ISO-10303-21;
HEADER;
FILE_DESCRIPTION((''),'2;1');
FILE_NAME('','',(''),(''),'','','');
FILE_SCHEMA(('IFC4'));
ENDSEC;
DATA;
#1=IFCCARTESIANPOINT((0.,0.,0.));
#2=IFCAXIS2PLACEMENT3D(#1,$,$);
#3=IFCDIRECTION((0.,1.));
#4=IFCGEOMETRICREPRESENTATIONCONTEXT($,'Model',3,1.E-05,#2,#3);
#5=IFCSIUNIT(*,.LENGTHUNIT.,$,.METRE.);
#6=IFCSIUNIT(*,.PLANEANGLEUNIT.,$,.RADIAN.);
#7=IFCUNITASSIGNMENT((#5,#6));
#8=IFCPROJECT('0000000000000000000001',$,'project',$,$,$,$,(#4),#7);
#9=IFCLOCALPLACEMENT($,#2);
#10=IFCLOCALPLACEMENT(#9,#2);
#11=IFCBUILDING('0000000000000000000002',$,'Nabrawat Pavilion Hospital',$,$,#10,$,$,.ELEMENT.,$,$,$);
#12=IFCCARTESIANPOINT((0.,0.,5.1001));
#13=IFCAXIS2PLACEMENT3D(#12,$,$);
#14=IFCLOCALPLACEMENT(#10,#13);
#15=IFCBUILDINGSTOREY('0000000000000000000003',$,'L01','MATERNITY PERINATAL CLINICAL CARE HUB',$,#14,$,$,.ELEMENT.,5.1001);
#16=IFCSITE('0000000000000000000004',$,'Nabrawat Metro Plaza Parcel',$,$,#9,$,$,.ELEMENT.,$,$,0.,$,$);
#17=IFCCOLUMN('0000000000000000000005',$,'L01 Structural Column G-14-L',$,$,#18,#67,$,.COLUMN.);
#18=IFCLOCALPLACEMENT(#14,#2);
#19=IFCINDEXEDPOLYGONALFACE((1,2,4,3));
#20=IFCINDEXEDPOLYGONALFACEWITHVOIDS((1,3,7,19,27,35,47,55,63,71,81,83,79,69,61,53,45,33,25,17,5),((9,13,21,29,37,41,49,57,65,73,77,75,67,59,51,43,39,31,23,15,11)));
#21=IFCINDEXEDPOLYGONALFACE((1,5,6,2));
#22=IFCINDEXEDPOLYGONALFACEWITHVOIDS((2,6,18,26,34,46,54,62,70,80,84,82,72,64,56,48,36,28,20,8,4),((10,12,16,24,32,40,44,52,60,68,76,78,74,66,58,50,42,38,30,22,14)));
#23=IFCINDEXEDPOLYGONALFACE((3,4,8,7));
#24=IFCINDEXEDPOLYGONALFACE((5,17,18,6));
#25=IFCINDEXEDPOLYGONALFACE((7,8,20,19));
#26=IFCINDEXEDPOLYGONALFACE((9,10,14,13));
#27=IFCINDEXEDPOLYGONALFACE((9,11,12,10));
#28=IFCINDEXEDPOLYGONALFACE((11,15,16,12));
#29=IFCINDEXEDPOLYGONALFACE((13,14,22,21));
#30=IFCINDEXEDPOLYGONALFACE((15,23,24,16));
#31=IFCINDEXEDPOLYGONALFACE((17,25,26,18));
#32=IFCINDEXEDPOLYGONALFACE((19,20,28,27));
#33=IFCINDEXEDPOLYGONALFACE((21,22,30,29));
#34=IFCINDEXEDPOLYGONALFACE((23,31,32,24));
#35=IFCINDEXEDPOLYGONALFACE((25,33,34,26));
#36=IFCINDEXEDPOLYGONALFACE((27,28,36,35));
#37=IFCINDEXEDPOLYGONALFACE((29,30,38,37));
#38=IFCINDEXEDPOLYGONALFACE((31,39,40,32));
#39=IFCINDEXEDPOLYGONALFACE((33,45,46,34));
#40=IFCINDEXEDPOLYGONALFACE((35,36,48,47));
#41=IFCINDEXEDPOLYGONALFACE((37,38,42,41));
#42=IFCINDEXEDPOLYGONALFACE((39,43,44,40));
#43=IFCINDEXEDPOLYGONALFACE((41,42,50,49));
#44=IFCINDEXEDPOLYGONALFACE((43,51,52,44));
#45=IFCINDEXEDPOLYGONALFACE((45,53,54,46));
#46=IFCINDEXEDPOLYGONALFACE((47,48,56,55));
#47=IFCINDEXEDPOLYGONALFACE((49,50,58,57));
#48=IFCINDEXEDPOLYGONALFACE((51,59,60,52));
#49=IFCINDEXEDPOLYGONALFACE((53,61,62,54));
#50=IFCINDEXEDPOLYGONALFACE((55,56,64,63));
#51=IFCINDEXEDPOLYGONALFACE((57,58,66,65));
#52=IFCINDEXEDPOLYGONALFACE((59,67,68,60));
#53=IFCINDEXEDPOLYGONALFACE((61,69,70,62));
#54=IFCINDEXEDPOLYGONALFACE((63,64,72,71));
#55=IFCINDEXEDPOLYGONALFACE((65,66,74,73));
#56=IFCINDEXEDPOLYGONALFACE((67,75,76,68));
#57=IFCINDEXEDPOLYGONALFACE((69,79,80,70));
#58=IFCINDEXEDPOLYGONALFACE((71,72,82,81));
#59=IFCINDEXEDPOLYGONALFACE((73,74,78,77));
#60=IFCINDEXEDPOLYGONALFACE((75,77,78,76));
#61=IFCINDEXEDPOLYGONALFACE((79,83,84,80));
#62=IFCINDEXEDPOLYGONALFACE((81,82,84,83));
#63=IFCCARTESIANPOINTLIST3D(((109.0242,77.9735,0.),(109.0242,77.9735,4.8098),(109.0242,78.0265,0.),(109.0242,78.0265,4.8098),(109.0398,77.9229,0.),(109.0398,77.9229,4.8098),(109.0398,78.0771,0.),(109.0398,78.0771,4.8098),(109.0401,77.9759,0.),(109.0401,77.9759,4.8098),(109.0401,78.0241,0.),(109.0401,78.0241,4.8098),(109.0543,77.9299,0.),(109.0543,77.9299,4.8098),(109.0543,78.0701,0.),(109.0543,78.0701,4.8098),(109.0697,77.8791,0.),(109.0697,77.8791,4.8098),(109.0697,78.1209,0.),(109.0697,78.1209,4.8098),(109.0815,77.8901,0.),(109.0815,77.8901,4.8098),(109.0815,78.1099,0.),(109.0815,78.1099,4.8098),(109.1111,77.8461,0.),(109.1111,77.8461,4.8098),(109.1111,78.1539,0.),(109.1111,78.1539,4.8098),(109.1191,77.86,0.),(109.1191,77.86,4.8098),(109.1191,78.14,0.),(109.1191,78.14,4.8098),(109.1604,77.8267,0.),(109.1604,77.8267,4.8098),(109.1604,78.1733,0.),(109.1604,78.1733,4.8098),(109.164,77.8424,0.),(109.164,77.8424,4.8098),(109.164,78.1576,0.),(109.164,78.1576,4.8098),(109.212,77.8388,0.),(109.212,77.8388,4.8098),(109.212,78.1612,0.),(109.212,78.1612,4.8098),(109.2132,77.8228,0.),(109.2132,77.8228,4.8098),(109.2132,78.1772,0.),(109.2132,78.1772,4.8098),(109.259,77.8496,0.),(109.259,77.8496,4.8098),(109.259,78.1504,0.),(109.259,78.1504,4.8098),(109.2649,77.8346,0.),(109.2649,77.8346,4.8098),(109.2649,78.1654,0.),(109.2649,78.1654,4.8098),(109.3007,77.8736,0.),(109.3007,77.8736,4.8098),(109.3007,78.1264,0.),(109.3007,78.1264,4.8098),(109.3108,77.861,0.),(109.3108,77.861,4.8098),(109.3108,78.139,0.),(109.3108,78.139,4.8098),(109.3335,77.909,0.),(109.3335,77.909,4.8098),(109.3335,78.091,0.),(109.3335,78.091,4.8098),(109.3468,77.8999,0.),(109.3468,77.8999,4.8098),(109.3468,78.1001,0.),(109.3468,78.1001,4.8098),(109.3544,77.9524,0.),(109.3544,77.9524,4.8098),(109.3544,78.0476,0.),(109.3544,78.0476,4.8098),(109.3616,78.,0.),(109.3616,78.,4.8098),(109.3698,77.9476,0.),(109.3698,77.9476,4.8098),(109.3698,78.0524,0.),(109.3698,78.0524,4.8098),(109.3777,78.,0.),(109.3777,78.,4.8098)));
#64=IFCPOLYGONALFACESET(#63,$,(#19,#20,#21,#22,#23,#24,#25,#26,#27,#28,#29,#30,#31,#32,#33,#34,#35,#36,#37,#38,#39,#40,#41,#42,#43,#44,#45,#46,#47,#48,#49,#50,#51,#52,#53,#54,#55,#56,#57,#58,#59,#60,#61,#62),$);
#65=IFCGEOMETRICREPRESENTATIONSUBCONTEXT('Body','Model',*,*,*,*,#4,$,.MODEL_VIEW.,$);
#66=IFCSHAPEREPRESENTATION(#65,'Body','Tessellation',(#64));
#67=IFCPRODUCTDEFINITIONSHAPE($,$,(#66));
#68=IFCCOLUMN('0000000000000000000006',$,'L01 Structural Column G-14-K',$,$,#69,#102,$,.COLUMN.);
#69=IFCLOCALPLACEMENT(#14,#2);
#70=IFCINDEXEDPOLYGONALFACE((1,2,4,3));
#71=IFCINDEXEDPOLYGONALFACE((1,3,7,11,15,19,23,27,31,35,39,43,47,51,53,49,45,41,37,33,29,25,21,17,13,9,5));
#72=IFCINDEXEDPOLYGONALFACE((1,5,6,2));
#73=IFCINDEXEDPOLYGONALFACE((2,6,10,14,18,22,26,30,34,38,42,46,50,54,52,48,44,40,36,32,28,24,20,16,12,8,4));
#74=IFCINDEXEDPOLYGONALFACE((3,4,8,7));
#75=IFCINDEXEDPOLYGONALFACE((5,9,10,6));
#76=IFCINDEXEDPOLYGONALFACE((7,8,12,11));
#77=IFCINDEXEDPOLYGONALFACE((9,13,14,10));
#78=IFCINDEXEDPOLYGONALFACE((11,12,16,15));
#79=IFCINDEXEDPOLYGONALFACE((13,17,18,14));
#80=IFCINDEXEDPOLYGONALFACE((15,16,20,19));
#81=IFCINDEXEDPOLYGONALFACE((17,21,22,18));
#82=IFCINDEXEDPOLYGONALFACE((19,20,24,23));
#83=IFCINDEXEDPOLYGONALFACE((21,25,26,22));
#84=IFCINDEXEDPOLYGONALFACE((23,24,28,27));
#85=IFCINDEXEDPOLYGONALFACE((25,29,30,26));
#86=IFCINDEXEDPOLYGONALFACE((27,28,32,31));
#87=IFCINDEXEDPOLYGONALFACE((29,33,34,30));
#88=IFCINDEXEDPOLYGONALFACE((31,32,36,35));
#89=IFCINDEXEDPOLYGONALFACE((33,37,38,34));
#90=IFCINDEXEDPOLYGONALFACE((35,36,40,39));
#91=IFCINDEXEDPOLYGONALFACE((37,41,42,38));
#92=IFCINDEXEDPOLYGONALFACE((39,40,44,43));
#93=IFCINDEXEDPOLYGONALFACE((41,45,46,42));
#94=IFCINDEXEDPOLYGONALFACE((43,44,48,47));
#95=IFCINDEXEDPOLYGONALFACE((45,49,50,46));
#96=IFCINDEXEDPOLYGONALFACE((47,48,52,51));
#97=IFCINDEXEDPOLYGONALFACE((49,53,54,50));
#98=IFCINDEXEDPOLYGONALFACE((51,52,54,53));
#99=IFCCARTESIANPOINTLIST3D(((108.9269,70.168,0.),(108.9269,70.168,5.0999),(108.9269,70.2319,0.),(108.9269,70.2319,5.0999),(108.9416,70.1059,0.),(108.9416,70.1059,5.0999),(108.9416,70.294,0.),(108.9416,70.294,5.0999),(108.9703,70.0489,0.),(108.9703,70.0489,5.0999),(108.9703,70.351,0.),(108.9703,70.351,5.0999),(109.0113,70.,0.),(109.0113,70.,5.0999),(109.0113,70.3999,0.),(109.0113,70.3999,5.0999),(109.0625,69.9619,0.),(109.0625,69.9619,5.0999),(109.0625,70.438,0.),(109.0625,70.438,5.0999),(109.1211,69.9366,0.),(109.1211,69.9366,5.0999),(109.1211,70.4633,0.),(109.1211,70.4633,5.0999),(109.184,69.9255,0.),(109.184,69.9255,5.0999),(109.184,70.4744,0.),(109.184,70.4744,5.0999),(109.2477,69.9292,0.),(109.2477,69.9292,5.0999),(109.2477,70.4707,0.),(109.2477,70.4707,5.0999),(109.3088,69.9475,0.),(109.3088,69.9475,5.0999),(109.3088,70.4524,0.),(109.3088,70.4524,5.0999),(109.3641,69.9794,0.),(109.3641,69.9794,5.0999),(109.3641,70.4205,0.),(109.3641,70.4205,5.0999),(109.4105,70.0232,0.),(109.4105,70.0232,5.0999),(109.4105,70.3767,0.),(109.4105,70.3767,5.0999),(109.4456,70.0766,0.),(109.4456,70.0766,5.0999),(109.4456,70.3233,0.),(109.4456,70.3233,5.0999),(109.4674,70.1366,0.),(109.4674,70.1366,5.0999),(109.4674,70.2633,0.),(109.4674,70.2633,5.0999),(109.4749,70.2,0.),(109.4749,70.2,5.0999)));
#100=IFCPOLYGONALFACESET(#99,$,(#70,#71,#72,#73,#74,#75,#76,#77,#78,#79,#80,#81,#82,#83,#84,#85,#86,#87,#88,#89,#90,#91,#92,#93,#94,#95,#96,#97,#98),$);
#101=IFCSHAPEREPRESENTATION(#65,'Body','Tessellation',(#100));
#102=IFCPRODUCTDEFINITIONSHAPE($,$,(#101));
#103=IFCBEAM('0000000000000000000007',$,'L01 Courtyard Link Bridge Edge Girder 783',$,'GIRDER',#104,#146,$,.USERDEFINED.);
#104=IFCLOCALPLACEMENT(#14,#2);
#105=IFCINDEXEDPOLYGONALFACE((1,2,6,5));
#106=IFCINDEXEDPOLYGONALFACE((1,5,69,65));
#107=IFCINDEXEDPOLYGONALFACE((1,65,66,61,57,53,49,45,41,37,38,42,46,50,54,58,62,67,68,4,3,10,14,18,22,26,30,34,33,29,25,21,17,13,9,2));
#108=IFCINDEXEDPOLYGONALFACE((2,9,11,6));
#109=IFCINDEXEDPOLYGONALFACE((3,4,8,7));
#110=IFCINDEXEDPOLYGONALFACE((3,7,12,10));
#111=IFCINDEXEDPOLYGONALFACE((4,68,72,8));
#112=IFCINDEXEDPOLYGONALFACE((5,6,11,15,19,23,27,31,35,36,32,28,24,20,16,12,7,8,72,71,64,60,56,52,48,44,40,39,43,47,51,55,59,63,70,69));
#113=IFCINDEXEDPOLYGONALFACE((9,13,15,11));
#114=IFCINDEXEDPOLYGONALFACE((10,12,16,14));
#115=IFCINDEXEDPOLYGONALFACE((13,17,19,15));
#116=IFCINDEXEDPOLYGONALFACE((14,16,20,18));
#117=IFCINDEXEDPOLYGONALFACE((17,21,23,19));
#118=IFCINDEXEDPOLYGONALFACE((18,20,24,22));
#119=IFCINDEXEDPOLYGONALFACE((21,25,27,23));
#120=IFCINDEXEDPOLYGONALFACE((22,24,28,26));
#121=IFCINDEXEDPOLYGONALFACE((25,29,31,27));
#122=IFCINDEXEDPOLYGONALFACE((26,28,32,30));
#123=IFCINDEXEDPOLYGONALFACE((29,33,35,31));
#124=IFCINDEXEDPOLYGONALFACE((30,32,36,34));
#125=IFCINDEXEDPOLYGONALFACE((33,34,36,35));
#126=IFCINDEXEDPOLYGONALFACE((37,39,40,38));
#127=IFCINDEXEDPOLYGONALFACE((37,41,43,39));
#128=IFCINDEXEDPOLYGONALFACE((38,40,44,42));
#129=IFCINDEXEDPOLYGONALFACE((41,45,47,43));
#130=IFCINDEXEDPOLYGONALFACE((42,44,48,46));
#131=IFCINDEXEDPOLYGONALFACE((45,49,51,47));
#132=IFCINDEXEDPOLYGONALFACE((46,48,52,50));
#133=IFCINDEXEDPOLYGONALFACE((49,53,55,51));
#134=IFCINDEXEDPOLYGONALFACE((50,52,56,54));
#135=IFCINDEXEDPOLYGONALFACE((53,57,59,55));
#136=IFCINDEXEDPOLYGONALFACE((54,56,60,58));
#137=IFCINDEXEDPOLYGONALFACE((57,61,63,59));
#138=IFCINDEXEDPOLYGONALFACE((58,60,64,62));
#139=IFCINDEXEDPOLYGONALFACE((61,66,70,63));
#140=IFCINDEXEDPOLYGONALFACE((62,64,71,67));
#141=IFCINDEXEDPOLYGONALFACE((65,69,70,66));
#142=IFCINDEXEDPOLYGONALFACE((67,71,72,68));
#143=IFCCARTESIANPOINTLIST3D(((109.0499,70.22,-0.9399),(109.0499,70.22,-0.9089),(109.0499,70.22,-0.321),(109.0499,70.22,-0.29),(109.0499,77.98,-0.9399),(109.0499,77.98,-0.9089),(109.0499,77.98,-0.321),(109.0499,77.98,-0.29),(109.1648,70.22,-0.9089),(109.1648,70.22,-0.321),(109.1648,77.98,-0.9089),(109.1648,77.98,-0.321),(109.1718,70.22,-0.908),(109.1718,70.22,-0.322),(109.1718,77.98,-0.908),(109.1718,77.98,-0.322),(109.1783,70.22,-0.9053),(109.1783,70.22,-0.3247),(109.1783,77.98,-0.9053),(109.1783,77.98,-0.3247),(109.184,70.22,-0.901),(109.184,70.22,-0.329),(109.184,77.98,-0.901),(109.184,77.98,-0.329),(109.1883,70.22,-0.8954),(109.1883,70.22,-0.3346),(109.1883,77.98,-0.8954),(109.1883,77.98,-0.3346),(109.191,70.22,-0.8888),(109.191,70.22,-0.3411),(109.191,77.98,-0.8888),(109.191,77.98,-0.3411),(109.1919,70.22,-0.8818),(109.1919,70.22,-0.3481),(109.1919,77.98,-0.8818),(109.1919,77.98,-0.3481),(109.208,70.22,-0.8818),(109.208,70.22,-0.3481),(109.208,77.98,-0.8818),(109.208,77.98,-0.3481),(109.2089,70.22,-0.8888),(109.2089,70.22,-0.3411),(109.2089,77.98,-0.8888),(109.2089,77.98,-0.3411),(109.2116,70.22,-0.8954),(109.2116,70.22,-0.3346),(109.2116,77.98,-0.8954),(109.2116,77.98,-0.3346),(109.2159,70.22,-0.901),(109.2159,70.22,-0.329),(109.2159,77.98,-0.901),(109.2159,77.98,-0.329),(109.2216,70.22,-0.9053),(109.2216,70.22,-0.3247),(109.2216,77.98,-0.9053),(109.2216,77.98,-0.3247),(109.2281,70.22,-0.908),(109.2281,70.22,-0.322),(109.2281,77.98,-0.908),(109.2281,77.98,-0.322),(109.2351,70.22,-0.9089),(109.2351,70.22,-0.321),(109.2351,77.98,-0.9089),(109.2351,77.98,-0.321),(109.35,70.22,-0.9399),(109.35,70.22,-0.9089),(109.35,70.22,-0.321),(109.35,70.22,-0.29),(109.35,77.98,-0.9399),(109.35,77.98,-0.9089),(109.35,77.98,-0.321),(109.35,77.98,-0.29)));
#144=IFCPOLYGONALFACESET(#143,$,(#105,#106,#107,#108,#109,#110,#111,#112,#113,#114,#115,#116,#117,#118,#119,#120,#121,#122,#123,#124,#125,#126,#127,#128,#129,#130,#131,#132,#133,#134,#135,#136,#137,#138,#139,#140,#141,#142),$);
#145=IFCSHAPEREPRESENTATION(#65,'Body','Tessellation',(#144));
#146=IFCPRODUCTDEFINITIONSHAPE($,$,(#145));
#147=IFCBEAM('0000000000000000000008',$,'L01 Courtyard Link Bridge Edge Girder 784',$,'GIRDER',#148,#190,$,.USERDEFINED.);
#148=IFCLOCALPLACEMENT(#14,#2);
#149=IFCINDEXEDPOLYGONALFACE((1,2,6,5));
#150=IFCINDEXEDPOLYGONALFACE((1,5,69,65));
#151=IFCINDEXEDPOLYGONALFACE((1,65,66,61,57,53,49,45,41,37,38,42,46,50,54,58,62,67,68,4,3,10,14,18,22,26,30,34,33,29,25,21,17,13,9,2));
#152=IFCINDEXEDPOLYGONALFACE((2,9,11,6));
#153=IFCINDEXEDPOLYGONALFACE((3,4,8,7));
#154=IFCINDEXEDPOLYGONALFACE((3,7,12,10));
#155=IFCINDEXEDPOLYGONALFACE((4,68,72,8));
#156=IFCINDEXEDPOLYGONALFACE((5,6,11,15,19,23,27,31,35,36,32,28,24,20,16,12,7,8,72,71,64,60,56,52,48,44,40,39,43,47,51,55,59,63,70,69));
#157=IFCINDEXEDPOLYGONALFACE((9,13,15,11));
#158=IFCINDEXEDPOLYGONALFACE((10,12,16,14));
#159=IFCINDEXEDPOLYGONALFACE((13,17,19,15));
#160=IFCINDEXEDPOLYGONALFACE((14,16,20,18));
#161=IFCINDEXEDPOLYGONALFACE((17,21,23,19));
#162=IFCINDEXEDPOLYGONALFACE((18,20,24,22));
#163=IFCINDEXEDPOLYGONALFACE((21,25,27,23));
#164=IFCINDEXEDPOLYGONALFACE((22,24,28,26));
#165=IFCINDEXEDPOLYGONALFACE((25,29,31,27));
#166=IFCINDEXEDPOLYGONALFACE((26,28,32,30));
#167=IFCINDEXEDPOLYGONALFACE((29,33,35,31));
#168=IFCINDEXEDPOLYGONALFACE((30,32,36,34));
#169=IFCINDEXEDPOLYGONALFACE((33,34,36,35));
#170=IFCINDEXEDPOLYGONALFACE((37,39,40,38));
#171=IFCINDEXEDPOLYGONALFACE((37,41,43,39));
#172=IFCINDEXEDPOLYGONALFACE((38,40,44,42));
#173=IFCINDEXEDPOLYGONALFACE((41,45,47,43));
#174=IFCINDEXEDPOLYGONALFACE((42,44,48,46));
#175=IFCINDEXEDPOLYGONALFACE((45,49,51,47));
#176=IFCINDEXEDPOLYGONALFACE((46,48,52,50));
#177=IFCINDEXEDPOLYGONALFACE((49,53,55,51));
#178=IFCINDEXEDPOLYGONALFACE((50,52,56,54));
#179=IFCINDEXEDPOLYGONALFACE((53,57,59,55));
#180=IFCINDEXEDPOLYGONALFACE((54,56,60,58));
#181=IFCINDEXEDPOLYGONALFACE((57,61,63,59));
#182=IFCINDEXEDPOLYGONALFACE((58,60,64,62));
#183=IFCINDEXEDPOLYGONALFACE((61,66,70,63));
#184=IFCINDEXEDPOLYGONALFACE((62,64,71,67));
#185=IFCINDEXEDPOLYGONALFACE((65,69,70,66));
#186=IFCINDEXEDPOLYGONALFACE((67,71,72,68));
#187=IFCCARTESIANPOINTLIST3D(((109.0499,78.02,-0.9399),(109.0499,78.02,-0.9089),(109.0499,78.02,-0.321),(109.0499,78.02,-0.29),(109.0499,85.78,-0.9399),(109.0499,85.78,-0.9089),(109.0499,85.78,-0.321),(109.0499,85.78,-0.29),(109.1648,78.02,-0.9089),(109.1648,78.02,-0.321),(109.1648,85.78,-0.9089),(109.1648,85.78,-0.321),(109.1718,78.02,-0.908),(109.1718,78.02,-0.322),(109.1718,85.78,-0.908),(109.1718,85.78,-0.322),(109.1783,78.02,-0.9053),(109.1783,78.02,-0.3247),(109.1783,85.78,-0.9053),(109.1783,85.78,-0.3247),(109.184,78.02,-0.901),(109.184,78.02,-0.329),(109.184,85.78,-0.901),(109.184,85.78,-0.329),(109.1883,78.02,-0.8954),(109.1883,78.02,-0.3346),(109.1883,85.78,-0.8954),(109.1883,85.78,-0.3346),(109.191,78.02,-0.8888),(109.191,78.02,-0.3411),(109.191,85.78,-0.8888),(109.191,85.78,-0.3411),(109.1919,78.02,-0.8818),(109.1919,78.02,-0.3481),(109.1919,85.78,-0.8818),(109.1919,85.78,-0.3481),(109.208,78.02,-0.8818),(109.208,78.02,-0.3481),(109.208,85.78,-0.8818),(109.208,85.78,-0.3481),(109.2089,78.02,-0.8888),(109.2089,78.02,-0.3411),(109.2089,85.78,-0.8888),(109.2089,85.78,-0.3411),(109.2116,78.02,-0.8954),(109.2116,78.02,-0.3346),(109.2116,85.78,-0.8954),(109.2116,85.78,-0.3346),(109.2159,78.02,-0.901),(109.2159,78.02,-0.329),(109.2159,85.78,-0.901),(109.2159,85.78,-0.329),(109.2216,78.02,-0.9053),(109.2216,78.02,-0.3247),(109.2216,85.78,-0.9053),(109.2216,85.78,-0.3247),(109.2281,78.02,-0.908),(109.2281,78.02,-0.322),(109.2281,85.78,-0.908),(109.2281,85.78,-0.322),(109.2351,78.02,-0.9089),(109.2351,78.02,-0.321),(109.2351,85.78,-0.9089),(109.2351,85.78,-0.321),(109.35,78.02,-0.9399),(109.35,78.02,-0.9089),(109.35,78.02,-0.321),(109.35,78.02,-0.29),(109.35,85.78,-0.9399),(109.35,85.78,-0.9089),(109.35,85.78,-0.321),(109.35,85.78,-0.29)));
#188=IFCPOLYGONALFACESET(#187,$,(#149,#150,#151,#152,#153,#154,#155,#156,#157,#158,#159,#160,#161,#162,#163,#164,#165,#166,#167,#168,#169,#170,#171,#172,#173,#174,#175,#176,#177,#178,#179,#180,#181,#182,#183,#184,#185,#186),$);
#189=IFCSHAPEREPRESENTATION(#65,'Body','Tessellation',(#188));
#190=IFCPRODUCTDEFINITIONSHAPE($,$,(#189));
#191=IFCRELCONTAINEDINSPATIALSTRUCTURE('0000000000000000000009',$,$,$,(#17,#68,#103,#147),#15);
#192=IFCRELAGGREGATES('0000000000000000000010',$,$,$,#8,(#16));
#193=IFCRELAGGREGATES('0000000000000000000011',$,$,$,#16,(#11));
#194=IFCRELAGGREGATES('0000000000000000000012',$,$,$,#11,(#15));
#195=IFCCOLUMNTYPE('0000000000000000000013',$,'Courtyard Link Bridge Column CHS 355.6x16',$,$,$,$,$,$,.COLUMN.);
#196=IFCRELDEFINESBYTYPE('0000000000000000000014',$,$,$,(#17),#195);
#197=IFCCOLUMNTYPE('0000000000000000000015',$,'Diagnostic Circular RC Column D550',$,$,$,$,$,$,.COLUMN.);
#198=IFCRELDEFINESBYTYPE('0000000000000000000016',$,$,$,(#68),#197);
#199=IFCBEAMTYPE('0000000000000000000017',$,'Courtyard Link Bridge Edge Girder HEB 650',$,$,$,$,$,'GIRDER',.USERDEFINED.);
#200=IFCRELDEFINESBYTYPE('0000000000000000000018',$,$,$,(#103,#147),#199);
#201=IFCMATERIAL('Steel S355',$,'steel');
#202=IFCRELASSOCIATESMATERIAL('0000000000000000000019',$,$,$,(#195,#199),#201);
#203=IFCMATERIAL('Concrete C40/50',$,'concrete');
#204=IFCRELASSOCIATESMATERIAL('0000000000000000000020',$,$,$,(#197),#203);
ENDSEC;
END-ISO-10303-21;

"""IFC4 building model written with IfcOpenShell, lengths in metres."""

from ifc_helpers import new_model, si_unit, direction, frame, origin, origin_2d, place, context, subcontext, project, spatial, circle, hollow_circle, i_section, extrude, material, material_profile, profile_set, type_object, element, save


model = new_model("IFC4")

# Units and contexts
model_context = context("Model", 3, precision=1e-05, world=origin(), true_north=direction((0.0, 1.0)))
body_context = subcontext(model_context, "Body", "Model", "MODEL_VIEW")
ifc_project = project(units=[si_unit("LENGTHUNIT", "METRE"), si_unit("PLANEANGLEUNIT", "RADIAN")], contexts=[model_context])

# Site, building, storey
site_placement = place(None, origin())
site = spatial("IfcSite", under=ifc_project, at=site_placement, Name="Nabrawat Metro Plaza Parcel", CompositionType="ELEMENT", RefElevation=0.0)
building_placement = place(site_placement, origin())
building = spatial("IfcBuilding", under=site, at=building_placement, Name="Nabrawat Pavilion Hospital", CompositionType="ELEMENT")
storey_placement = place(building_placement, frame((0.0, 0.0, 5.1001)))
storey = spatial("IfcBuildingStorey", under=building, at=storey_placement, Name="L01", Description="MATERNITY PERINATAL CLINICAL CARE HUB", CompositionType="ELEMENT", Elevation=5.1001)

# Columns
ifc_material_1 = material(Name="Steel S355", Category="steel")
ifc_material_profile_1 = material_profile(ifc_material_1, hollow_circle(Radius=0.1777, WallThickness=0.0161, at=origin_2d()), Name="CHS 355.6x16")
ifc_profile_set_1 = profile_set([ifc_material_profile_1], Name="Steel S355")
column_type_1 = type_object("IfcColumnType", Name="Courtyard Link Bridge Column CHS 355.6x16", PredefinedType="COLUMN", material=ifc_profile_set_1)
column_1_placement = place(storey_placement, frame((109.2, 78.0, 0.0), z_axis=(0.0, 0.0, 1.0), x_axis=(1.0, 0.0, 0.0)))
element("IfcColumn", 1, at=column_1_placement, inside=storey, type_object=column_type_1, Name="L01 Structural Column G-14-L", PredefinedType="COLUMN", context=body_context, shape_type="SweptSolid", body=[
    extrude(hollow_circle(Radius=0.1777, WallThickness=0.0161, at=origin_2d()), origin(), (0.0, 0.0, 1.0), 4.8098),
])
ifc_material_2 = material(Name="Concrete C40/50", Category="concrete")
ifc_material_profile_2 = material_profile(ifc_material_2, circle(Radius=0.2749, at=origin_2d()), Name="RC D550")
ifc_profile_set_2 = profile_set([ifc_material_profile_2], Name="Concrete C40/50")
column_type_2 = type_object("IfcColumnType", Name="Diagnostic Circular RC Column D550", PredefinedType="COLUMN", material=ifc_profile_set_2)
column_2_placement = place(storey_placement, frame((109.2, 70.2, 0.0), z_axis=(0.0, 0.0, 1.0), x_axis=(1.0, 0.0, 0.0)))
element("IfcColumn", 2, at=column_2_placement, inside=storey, type_object=column_type_2, Name="L01 Structural Column G-14-K", PredefinedType="COLUMN", context=body_context, shape_type="SweptSolid", body=[
    extrude(circle(Radius=0.2749, at=origin_2d()), origin(), (0.0, 0.0, 1.0), 5.0999),
])

# Beams
ifc_material_profile_3 = material_profile(ifc_material_1, i_section(OverallWidth=0.3, OverallDepth=0.6499, WebThickness=0.0161, FlangeThickness=0.031, FilletRadius=0.0271, at=origin_2d()), Name="HEB 650")
ifc_profile_set_3 = profile_set([ifc_material_profile_3], Name="Steel S355")
beam_type_1 = type_object("IfcBeamType", Name="Courtyard Link Bridge Edge Girder HEB 650", ElementType="GIRDER", PredefinedType="USERDEFINED", material=ifc_profile_set_3)
for number, where, z_axis, x_axis, name in (
    (3, (109.2, 70.22, -0.615), (0.0, 1.0, 0.0), (-1.0, 0.0, 0.0), "L01 Courtyard Link Bridge Edge Girder 783"),
    (4, (109.2, 78.02, -0.615), (0.0, 1.0, 0.0), (-1.0, 0.0, 0.0), "L01 Courtyard Link Bridge Edge Girder 784"),
):
    element("IfcBeam", number, at=place(storey_placement, frame(where, z_axis=z_axis, x_axis=x_axis)), inside=storey, type_object=beam_type_1, Name=name, ObjectType="GIRDER", PredefinedType="USERDEFINED", context=body_context, shape_type="SweptSolid", body=[
        extrude(i_section(OverallWidth=0.3, OverallDepth=0.6499, WebThickness=0.0161, FlangeThickness=0.031, FilletRadius=0.0271, at=origin_2d()), origin(), (0.0, 0.0, 1.0), 7.76),
    ])

save(model, "model.ifc")
